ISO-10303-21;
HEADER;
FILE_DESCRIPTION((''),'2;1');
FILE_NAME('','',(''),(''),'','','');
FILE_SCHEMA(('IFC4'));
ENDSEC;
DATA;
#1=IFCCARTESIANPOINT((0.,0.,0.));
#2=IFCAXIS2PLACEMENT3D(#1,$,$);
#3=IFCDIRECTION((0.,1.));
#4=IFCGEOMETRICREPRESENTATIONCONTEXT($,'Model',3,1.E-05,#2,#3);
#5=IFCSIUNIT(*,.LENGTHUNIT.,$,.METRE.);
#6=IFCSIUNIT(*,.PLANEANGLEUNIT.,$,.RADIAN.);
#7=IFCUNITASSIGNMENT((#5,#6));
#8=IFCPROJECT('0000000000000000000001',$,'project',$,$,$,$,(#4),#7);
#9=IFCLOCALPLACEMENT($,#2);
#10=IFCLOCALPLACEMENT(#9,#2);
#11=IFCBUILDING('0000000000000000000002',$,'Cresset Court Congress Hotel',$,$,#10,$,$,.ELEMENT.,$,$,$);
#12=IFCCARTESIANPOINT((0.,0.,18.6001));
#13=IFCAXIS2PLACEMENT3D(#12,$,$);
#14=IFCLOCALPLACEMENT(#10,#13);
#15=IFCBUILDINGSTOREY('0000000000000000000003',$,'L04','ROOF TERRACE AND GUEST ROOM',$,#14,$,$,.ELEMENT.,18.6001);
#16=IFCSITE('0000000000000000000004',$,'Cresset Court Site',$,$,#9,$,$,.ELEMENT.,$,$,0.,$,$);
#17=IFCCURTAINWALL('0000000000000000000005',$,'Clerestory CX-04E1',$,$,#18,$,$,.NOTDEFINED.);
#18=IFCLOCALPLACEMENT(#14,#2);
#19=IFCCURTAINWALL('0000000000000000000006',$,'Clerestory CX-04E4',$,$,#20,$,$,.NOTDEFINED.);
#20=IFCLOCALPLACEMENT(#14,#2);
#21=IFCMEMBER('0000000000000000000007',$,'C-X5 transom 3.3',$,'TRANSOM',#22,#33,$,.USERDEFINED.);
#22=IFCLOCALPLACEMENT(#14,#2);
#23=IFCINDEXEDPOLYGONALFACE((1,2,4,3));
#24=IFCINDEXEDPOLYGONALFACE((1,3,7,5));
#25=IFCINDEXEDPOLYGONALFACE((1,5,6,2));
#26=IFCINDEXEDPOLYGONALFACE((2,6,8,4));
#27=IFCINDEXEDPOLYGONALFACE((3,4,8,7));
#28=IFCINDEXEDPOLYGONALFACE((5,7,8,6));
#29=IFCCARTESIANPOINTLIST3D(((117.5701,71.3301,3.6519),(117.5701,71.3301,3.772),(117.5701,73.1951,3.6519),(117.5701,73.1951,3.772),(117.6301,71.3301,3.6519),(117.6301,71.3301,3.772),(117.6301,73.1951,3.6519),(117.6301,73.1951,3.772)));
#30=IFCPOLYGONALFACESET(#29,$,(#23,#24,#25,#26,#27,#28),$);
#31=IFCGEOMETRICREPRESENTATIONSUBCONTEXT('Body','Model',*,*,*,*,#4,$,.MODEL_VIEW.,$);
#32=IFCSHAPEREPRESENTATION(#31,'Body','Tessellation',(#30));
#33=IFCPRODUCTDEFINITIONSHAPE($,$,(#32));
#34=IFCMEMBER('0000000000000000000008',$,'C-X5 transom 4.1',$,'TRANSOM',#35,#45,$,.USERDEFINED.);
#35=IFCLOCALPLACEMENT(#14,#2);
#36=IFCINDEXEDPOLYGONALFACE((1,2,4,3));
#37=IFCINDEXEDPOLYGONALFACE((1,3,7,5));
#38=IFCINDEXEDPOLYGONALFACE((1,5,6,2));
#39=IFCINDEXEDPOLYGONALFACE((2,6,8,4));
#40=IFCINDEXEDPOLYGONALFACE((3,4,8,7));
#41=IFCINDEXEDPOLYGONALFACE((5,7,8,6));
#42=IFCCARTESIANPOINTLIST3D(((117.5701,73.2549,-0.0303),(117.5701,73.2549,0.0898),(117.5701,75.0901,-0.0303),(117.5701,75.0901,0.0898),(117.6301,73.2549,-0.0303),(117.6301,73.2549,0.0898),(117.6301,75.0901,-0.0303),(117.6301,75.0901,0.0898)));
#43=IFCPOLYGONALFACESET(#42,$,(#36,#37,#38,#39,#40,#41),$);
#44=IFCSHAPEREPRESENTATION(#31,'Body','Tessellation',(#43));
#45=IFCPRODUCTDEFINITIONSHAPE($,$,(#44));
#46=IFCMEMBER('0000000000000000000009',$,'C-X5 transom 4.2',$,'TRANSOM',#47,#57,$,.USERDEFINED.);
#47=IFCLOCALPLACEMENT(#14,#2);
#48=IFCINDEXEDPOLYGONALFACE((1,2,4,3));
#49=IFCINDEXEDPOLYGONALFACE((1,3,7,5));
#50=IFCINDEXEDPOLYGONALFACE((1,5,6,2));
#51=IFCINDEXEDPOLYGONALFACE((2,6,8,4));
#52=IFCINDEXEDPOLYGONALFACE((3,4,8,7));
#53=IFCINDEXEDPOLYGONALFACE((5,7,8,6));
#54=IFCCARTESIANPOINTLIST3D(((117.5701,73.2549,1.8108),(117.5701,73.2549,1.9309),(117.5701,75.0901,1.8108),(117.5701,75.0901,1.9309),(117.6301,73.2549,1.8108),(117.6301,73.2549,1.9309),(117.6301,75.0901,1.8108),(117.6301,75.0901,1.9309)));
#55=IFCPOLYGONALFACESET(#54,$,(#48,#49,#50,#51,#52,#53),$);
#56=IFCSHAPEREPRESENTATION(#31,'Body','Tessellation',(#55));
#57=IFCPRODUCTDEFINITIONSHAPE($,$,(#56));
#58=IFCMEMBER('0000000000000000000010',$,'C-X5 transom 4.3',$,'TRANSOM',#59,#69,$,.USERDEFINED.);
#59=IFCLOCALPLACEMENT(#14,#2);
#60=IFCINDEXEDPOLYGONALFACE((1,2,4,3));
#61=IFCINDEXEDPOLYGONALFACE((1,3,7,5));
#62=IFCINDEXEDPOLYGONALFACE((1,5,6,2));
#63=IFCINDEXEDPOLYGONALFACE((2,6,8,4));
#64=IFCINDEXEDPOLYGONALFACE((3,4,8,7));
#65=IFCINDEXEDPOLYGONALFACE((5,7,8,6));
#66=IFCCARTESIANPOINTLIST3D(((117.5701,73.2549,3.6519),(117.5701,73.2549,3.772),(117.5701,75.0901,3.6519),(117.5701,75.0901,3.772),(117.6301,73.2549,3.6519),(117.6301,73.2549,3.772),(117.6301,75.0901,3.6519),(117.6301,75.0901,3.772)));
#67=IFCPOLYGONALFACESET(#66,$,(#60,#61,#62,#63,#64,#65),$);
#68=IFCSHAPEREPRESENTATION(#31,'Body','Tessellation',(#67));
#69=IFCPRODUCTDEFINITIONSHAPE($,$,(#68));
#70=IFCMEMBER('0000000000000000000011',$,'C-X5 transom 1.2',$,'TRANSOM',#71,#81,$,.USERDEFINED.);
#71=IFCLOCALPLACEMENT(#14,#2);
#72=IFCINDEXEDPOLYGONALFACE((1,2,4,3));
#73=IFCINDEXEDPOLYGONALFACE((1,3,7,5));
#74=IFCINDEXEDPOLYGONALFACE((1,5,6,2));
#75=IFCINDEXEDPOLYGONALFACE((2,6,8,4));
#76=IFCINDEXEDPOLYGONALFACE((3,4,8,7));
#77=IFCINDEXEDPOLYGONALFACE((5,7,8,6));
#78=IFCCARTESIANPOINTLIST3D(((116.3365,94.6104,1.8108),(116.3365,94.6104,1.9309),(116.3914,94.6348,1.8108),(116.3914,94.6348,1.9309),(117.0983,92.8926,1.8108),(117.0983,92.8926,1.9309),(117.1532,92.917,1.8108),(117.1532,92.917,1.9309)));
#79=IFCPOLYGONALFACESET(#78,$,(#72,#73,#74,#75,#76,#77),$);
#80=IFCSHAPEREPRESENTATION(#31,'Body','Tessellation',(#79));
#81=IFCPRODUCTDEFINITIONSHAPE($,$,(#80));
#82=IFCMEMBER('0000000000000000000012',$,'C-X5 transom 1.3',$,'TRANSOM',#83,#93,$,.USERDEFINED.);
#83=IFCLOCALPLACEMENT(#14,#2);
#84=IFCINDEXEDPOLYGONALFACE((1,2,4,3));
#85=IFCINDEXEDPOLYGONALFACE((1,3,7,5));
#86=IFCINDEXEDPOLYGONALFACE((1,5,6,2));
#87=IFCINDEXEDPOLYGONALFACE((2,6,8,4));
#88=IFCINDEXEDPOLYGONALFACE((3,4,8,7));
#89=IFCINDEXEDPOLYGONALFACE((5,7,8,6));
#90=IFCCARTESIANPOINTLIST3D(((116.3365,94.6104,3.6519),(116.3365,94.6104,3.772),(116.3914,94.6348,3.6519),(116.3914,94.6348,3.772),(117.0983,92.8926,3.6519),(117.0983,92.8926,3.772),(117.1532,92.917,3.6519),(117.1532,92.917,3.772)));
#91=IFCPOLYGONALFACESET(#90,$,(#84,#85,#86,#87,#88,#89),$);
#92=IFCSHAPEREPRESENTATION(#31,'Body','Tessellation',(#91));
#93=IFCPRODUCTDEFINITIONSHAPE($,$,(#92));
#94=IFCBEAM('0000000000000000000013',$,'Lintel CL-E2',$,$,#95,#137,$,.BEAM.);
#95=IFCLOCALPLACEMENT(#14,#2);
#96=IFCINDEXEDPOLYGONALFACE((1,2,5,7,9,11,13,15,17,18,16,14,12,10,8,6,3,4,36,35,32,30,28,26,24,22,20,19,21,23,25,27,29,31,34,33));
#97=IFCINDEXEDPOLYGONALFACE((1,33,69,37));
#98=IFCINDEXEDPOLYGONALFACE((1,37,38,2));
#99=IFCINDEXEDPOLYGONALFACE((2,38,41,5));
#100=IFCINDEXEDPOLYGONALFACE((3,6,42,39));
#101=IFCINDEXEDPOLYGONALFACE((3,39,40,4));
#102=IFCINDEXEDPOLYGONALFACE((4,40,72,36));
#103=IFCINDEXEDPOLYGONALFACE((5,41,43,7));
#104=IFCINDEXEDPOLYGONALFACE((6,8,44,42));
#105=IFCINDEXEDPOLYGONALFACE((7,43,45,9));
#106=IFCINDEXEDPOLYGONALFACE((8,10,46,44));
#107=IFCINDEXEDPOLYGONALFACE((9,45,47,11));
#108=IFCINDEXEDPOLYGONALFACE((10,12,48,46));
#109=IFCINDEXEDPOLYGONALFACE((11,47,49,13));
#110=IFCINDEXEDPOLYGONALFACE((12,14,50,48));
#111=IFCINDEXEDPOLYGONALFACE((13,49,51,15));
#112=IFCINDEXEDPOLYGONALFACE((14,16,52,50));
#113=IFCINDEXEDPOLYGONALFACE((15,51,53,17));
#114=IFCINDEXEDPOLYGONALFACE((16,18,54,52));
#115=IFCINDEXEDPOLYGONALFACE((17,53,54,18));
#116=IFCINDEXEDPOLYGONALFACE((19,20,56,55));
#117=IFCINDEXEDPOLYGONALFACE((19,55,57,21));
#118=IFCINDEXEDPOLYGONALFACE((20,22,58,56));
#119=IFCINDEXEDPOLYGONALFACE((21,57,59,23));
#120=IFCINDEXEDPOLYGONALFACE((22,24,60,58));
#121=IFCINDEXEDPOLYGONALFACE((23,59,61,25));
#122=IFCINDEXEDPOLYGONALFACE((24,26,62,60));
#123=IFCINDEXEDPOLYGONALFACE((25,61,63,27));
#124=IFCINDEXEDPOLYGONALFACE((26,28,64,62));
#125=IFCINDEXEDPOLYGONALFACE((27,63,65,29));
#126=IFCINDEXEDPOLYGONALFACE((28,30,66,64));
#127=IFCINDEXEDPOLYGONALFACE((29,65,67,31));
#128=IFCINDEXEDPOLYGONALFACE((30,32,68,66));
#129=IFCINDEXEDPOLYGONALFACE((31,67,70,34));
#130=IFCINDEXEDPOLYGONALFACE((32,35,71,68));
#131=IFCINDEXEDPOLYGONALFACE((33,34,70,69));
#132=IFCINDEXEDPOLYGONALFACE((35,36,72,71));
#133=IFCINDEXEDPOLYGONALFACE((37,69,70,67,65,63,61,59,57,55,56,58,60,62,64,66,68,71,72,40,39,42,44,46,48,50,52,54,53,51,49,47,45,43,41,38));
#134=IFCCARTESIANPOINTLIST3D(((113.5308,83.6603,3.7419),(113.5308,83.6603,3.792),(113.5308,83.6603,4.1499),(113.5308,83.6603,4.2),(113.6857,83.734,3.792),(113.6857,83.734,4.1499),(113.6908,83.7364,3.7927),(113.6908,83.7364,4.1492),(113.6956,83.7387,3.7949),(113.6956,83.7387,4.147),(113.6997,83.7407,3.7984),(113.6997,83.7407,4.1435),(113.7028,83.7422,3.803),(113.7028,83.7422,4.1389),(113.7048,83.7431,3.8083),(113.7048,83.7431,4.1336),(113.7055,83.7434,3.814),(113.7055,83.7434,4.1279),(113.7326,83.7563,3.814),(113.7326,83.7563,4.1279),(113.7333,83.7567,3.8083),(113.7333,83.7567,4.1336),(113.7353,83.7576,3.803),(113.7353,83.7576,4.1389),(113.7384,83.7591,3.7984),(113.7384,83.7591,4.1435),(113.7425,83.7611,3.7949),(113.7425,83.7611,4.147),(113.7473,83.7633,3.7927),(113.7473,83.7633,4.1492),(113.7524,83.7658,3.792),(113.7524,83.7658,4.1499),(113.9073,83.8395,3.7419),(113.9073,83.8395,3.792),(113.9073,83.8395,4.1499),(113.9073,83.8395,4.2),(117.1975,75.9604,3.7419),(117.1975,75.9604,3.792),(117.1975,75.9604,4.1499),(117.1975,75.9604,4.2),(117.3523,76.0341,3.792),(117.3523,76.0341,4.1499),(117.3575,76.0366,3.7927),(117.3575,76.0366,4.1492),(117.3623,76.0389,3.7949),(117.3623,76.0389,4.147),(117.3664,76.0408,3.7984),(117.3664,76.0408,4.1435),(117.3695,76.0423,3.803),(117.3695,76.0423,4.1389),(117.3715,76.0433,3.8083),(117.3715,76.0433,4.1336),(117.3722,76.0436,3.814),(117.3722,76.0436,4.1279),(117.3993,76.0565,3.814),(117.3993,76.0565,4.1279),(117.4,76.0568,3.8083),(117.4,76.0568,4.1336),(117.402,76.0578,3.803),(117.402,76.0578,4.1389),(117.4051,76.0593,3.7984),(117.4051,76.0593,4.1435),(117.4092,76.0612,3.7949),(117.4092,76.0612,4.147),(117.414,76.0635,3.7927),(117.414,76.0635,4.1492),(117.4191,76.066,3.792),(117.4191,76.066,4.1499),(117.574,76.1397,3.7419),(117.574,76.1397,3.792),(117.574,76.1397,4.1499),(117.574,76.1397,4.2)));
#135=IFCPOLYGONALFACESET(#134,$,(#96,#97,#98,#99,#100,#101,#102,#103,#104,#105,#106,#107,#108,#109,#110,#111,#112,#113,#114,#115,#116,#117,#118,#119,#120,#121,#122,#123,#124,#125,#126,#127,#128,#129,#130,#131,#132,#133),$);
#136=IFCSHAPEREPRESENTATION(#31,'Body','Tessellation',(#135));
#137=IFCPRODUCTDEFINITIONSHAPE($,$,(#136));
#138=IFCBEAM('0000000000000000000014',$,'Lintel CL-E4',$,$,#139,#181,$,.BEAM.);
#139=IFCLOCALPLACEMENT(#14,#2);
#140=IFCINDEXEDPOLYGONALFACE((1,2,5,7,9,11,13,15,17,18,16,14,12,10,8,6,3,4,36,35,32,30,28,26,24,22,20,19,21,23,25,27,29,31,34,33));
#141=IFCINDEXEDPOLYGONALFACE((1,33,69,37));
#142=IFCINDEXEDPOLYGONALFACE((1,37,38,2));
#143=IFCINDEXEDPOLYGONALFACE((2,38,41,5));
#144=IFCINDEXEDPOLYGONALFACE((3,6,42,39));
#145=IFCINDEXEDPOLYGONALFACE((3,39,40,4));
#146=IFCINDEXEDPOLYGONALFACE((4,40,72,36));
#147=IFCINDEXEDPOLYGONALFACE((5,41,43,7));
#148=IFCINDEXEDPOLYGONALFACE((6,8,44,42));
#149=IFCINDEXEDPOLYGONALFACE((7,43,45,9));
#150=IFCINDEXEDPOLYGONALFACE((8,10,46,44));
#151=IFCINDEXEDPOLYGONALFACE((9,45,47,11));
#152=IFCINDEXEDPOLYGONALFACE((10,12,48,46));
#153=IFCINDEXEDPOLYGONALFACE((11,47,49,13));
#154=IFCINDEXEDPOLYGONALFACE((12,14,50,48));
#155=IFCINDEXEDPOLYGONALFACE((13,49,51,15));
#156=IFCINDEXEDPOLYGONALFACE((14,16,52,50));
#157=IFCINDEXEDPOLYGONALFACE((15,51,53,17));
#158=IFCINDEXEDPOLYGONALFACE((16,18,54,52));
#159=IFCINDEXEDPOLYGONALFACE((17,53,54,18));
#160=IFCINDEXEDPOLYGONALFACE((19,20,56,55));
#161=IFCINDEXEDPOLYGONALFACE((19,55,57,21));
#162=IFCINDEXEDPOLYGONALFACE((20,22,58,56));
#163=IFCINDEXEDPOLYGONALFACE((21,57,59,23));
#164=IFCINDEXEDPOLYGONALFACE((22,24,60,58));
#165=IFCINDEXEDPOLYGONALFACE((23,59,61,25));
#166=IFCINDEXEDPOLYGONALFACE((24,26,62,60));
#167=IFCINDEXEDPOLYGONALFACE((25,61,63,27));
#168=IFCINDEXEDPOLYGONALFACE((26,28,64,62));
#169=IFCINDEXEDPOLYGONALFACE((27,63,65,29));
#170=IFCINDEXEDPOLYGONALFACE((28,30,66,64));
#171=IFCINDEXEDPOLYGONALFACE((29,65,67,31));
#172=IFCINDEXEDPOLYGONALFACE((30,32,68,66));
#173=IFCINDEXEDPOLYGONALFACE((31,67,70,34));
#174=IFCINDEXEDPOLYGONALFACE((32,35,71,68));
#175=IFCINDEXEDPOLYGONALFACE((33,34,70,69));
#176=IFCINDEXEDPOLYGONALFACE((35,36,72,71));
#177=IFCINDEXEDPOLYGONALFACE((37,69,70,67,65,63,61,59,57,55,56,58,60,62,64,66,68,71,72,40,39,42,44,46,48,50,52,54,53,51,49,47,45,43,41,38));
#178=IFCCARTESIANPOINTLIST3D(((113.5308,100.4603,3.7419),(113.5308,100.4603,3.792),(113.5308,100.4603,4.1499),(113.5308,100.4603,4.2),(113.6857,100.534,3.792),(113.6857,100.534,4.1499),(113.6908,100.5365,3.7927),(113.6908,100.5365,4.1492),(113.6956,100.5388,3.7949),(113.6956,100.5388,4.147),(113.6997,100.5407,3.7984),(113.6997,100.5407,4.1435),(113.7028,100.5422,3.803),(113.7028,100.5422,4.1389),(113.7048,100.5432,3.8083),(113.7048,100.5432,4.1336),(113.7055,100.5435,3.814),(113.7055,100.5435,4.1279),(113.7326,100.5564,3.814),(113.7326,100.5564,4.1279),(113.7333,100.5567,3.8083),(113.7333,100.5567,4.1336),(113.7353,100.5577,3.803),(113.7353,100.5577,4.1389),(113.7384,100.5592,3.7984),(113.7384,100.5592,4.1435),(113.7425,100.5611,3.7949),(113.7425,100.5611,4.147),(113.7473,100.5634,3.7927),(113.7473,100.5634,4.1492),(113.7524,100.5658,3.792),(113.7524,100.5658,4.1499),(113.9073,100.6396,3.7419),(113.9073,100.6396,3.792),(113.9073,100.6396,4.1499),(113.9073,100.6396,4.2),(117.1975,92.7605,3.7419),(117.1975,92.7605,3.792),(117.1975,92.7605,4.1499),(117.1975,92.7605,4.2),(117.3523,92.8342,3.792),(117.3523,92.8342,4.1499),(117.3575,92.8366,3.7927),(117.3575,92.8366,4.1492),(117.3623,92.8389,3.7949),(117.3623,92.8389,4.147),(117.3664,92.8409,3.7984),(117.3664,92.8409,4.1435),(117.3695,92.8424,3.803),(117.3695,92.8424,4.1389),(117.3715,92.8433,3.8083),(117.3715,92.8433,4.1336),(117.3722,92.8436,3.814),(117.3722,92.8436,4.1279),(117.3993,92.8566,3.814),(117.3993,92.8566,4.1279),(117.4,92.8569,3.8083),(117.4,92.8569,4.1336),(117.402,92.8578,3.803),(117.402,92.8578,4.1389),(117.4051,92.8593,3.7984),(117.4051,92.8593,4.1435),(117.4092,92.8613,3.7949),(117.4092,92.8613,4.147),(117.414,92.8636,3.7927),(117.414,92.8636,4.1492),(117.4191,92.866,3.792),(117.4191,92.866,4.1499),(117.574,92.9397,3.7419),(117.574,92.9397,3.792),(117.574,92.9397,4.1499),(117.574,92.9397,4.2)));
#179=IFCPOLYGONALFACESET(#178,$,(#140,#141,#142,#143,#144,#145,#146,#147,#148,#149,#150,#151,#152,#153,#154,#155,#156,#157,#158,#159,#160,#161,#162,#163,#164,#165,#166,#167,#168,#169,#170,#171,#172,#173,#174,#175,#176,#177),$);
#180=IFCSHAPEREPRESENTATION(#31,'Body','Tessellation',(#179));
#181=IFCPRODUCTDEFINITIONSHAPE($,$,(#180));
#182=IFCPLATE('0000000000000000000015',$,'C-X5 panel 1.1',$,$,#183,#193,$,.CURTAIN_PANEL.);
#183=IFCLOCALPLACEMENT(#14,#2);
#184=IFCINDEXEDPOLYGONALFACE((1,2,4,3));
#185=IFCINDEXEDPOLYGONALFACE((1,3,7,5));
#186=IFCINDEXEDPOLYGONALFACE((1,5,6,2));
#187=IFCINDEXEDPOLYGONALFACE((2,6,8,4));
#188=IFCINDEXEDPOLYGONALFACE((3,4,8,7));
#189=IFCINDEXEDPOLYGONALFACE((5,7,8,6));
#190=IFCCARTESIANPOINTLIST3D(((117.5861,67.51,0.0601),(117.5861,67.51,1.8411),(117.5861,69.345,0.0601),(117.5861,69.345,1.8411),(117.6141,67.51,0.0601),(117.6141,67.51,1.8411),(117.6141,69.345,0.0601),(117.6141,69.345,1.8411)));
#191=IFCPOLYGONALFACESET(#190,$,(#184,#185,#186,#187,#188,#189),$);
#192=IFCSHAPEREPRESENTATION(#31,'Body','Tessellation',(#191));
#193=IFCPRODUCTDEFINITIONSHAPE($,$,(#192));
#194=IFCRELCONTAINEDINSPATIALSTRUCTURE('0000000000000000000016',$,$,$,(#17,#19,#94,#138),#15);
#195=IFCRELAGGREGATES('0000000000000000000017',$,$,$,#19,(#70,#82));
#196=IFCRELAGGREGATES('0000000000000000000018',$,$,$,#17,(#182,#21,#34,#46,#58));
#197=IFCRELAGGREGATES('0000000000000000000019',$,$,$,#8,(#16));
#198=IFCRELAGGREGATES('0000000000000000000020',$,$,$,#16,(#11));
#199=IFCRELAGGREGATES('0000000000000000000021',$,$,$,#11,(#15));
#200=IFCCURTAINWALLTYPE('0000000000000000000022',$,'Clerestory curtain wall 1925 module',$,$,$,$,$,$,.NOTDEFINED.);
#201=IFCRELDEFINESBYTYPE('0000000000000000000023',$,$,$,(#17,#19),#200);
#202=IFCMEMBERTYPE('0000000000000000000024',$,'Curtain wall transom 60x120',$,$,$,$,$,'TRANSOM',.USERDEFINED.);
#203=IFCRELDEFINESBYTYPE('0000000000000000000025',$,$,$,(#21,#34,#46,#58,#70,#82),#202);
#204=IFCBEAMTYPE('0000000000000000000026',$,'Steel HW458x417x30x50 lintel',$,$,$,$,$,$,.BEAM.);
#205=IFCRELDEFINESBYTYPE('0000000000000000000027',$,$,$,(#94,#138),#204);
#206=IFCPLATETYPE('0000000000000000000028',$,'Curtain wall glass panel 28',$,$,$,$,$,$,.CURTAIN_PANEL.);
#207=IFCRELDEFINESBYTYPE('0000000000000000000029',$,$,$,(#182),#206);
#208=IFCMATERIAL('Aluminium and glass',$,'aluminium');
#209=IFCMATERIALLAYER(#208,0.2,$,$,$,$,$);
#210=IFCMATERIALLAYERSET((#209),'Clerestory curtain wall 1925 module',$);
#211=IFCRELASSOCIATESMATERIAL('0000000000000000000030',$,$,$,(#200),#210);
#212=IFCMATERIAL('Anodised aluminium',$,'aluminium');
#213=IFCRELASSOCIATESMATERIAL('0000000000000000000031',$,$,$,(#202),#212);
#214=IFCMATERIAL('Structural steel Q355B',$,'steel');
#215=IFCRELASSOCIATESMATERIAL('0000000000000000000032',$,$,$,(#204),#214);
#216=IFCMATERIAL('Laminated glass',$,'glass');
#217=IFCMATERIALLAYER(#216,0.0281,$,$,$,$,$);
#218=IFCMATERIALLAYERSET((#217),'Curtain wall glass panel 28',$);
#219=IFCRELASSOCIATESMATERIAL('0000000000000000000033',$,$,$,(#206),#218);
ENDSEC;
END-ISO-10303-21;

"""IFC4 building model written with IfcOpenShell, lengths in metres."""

from ifc_helpers import new_model, si_unit, direction, frame, origin, origin_2d, place, context, subcontext, project, spatial, rectangle, i_section, extrude, material, layer, layer_set, material_profile, profile_set, type_object, element, aggregate, save


model = new_model("IFC4")

# Units and contexts
model_context = context("Model", 3, precision=1e-05, world=origin(), true_north=direction((0.0, 1.0)))
body_context = subcontext(model_context, "Body", "Model", "MODEL_VIEW")
ifc_project = project(units=[si_unit("LENGTHUNIT", "METRE"), si_unit("PLANEANGLEUNIT", "RADIAN")], contexts=[model_context])

# Site, building, storey
site_placement = place(None, origin())
site = spatial("IfcSite", under=ifc_project, at=site_placement, Name="Cresset Court Site", CompositionType="ELEMENT", RefElevation=0.0)
building_placement = place(site_placement, origin())
building = spatial("IfcBuilding", under=site, at=building_placement, Name="Cresset Court Congress Hotel", CompositionType="ELEMENT")
storey_placement = place(building_placement, frame((0.0, 0.0, 18.6001)))
storey = spatial("IfcBuildingStorey", under=building, at=storey_placement, Name="L04", Description="ROOF TERRACE AND GUEST ROOM", CompositionType="ELEMENT", Elevation=18.6001)

# Curtain wall
ifc_material_1 = material(Name="Aluminium and glass", Category="aluminium")
ifc_layer_1 = layer(ifc_material_1, 0.2)
ifc_layer_set_1 = layer_set([ifc_layer_1], Name="Clerestory curtain wall 1925 module")
curtain_wall_type = type_object("IfcCurtainWallType", Name="Clerestory curtain wall 1925 module", PredefinedType="NOTDEFINED", material=ifc_layer_set_1)
curtain_wall_1_placement = place(storey_placement, origin())
curtain_wall_1 = element("IfcCurtainWall", 1, at=curtain_wall_1_placement, inside=storey, type_object=curtain_wall_type, Name="Clerestory CX-04E1", PredefinedType="NOTDEFINED")

# Curtain wall
curtain_wall_2_placement = place(storey_placement, origin())
curtain_wall_2 = element("IfcCurtainWall", 2, at=curtain_wall_2_placement, inside=storey, type_object=curtain_wall_type, Name="Clerestory CX-04E4", PredefinedType="NOTDEFINED")

# Members
ifc_material_2 = material(Name="Anodised aluminium", Category="aluminium")
ifc_material_profile_1 = material_profile(ifc_material_2, rectangle(XDim=0.0601, YDim=0.1201, at=origin_2d()), Name="AL60x120")
ifc_profile_set_1 = profile_set([ifc_material_profile_1], Name="Anodised aluminium")
member_type_1 = type_object("IfcMemberType", Name="Curtain wall transom 60x120", ElementType="TRANSOM", PredefinedType="USERDEFINED", material=ifc_profile_set_1)
member_1_placement = place(storey_placement, frame((117.6001, 71.3301, 3.7119), z_axis=(0.0, 1.0, 0.0), x_axis=(-1.0, 0.0, 0.0)))
member_1 = element("IfcMember", 3, at=member_1_placement, type_object=member_type_1, Name="C-X5 transom 3.3", ObjectType="TRANSOM", PredefinedType="USERDEFINED", context=body_context, shape_type="SweptSolid", body=[
    extrude(rectangle(XDim=0.0601, YDim=0.1201, at=origin_2d()), origin(), (0.0, 0.0, 1.0), 1.865),
])
member_2_placement = place(storey_placement, frame((117.6001, 73.2549, 0.0298), z_axis=(0.0, 1.0, 0.0), x_axis=(-1.0, 0.0, 0.0)))
member_2 = element("IfcMember", 4, at=member_2_placement, type_object=member_type_1, Name="C-X5 transom 4.1", ObjectType="TRANSOM", PredefinedType="USERDEFINED", context=body_context, shape_type="SweptSolid", body=[
    extrude(rectangle(XDim=0.0601, YDim=0.1201, at=origin_2d()), origin(), (0.0, 0.0, 1.0), 1.8352),
])
member_3_placement = place(storey_placement, frame((117.6001, 73.2549, 1.8708), z_axis=(0.0, 1.0, 0.0), x_axis=(-1.0, 0.0, 0.0)))
member_3 = element("IfcMember", 5, at=member_3_placement, type_object=member_type_1, Name="C-X5 transom 4.2", ObjectType="TRANSOM", PredefinedType="USERDEFINED", context=body_context, shape_type="SweptSolid", body=[
    extrude(rectangle(XDim=0.0601, YDim=0.1201, at=origin_2d()), origin(), (0.0, 0.0, 1.0), 1.8352),
])
member_4_placement = place(storey_placement, frame((117.6001, 73.2549, 3.7119), z_axis=(0.0, 1.0, 0.0), x_axis=(-1.0, 0.0, 0.0)))
member_4 = element("IfcMember", 6, at=member_4_placement, type_object=member_type_1, Name="C-X5 transom 4.3", ObjectType="TRANSOM", PredefinedType="USERDEFINED", context=body_context, shape_type="SweptSolid", body=[
    extrude(rectangle(XDim=0.0601, YDim=0.1201, at=origin_2d()), origin(), (0.0, 0.0, 1.0), 1.8352),
])
member_5_placement = place(storey_placement, frame((117.1257, 92.9048, 1.8708), z_axis=(-0.405367, 0.914154, 0.0), x_axis=(-0.914154, -0.405367, 0.0)))
member_5 = element("IfcMember", 7, at=member_5_placement, type_object=member_type_1, Name="C-X5 transom 1.2", ObjectType="TRANSOM", PredefinedType="USERDEFINED", context=body_context, shape_type="SweptSolid", body=[
    extrude(rectangle(XDim=0.0601, YDim=0.1201, at=origin_2d()), origin(), (0.0, 0.0, 1.0), 1.8792),
])
member_6_placement = place(storey_placement, frame((117.1257, 92.9048, 3.7119), z_axis=(-0.405367, 0.914154, 0.0), x_axis=(-0.914154, -0.405367, 0.0)))
member_6 = element("IfcMember", 8, at=member_6_placement, type_object=member_type_1, Name="C-X5 transom 1.3", ObjectType="TRANSOM", PredefinedType="USERDEFINED", context=body_context, shape_type="SweptSolid", body=[
    extrude(rectangle(XDim=0.0601, YDim=0.1201, at=origin_2d()), origin(), (0.0, 0.0, 1.0), 1.8792),
])
aggregate(curtain_wall_2, [member_5, member_6])

# Beams
ifc_material_3 = material(Name="Structural steel Q355B", Category="steel")
ifc_material_profile_2 = material_profile(ifc_material_3, i_section(OverallWidth=0.417, OverallDepth=0.458, WebThickness=0.03, FlangeThickness=0.05, FilletRadius=0.022, at=origin_2d()), Name="HW458x417x30x50")
ifc_profile_set_2 = profile_set([ifc_material_profile_2], Name="Structural steel Q355B")
beam_type = type_object("IfcBeamType", Name="Steel HW458x417x30x50 lintel", PredefinedType="BEAM", material=ifc_profile_set_2)
for number, where, z_axis, x_axis, name in (
    (9, (117.3857, 76.05, 3.9709), (-0.429944, 0.902856, 0.0), (-0.902856, -0.429944, 0.0), "Lintel CL-E2"),
    (10, (117.3857, 92.8501, 3.9709), (-0.429944, 0.902856, 0.0), (-0.902856, -0.429944, 0.0), "Lintel CL-E4"),
):
    element("IfcBeam", number, at=place(storey_placement, frame(where, z_axis=z_axis, x_axis=x_axis)), inside=storey, type_object=beam_type, Name=name, PredefinedType="BEAM", context=body_context, shape_type="SweptSolid", body=[
        extrude(i_section(OverallWidth=0.417, OverallDepth=0.458, WebThickness=0.03, FlangeThickness=0.05, FilletRadius=0.022, at=origin_2d()), origin(), (0.0, 0.0, 1.0), 8.5283),
    ])

# Plate
ifc_material_4 = material(Name="Laminated glass", Category="glass")
ifc_layer_2 = layer(ifc_material_4, 0.0281)
ifc_layer_set_2 = layer_set([ifc_layer_2], Name="Curtain wall glass panel 28")
plate_type = type_object("IfcPlateType", Name="Curtain wall glass panel 28", PredefinedType="CURTAIN_PANEL", material=ifc_layer_set_2)
plate_1_placement = place(storey_placement, frame((117.6001, 68.4275, 0.0601), z_axis=(0.0, 0.0, 1.0), x_axis=(0.0, 1.0, 0.0)))
plate_1 = element("IfcPlate", 11, at=plate_1_placement, type_object=plate_type, Name="C-X5 panel 1.1", PredefinedType="CURTAIN_PANEL", context=body_context, shape_type="SweptSolid", body=[
    extrude(rectangle(XDim=1.835, YDim=0.0281, at=origin_2d()), origin(), (0.0, 0.0, 1.0), 1.781),
])
aggregate(curtain_wall_1, [plate_1, member_1, member_2, member_3, member_4])

save(model, "model.ifc")
